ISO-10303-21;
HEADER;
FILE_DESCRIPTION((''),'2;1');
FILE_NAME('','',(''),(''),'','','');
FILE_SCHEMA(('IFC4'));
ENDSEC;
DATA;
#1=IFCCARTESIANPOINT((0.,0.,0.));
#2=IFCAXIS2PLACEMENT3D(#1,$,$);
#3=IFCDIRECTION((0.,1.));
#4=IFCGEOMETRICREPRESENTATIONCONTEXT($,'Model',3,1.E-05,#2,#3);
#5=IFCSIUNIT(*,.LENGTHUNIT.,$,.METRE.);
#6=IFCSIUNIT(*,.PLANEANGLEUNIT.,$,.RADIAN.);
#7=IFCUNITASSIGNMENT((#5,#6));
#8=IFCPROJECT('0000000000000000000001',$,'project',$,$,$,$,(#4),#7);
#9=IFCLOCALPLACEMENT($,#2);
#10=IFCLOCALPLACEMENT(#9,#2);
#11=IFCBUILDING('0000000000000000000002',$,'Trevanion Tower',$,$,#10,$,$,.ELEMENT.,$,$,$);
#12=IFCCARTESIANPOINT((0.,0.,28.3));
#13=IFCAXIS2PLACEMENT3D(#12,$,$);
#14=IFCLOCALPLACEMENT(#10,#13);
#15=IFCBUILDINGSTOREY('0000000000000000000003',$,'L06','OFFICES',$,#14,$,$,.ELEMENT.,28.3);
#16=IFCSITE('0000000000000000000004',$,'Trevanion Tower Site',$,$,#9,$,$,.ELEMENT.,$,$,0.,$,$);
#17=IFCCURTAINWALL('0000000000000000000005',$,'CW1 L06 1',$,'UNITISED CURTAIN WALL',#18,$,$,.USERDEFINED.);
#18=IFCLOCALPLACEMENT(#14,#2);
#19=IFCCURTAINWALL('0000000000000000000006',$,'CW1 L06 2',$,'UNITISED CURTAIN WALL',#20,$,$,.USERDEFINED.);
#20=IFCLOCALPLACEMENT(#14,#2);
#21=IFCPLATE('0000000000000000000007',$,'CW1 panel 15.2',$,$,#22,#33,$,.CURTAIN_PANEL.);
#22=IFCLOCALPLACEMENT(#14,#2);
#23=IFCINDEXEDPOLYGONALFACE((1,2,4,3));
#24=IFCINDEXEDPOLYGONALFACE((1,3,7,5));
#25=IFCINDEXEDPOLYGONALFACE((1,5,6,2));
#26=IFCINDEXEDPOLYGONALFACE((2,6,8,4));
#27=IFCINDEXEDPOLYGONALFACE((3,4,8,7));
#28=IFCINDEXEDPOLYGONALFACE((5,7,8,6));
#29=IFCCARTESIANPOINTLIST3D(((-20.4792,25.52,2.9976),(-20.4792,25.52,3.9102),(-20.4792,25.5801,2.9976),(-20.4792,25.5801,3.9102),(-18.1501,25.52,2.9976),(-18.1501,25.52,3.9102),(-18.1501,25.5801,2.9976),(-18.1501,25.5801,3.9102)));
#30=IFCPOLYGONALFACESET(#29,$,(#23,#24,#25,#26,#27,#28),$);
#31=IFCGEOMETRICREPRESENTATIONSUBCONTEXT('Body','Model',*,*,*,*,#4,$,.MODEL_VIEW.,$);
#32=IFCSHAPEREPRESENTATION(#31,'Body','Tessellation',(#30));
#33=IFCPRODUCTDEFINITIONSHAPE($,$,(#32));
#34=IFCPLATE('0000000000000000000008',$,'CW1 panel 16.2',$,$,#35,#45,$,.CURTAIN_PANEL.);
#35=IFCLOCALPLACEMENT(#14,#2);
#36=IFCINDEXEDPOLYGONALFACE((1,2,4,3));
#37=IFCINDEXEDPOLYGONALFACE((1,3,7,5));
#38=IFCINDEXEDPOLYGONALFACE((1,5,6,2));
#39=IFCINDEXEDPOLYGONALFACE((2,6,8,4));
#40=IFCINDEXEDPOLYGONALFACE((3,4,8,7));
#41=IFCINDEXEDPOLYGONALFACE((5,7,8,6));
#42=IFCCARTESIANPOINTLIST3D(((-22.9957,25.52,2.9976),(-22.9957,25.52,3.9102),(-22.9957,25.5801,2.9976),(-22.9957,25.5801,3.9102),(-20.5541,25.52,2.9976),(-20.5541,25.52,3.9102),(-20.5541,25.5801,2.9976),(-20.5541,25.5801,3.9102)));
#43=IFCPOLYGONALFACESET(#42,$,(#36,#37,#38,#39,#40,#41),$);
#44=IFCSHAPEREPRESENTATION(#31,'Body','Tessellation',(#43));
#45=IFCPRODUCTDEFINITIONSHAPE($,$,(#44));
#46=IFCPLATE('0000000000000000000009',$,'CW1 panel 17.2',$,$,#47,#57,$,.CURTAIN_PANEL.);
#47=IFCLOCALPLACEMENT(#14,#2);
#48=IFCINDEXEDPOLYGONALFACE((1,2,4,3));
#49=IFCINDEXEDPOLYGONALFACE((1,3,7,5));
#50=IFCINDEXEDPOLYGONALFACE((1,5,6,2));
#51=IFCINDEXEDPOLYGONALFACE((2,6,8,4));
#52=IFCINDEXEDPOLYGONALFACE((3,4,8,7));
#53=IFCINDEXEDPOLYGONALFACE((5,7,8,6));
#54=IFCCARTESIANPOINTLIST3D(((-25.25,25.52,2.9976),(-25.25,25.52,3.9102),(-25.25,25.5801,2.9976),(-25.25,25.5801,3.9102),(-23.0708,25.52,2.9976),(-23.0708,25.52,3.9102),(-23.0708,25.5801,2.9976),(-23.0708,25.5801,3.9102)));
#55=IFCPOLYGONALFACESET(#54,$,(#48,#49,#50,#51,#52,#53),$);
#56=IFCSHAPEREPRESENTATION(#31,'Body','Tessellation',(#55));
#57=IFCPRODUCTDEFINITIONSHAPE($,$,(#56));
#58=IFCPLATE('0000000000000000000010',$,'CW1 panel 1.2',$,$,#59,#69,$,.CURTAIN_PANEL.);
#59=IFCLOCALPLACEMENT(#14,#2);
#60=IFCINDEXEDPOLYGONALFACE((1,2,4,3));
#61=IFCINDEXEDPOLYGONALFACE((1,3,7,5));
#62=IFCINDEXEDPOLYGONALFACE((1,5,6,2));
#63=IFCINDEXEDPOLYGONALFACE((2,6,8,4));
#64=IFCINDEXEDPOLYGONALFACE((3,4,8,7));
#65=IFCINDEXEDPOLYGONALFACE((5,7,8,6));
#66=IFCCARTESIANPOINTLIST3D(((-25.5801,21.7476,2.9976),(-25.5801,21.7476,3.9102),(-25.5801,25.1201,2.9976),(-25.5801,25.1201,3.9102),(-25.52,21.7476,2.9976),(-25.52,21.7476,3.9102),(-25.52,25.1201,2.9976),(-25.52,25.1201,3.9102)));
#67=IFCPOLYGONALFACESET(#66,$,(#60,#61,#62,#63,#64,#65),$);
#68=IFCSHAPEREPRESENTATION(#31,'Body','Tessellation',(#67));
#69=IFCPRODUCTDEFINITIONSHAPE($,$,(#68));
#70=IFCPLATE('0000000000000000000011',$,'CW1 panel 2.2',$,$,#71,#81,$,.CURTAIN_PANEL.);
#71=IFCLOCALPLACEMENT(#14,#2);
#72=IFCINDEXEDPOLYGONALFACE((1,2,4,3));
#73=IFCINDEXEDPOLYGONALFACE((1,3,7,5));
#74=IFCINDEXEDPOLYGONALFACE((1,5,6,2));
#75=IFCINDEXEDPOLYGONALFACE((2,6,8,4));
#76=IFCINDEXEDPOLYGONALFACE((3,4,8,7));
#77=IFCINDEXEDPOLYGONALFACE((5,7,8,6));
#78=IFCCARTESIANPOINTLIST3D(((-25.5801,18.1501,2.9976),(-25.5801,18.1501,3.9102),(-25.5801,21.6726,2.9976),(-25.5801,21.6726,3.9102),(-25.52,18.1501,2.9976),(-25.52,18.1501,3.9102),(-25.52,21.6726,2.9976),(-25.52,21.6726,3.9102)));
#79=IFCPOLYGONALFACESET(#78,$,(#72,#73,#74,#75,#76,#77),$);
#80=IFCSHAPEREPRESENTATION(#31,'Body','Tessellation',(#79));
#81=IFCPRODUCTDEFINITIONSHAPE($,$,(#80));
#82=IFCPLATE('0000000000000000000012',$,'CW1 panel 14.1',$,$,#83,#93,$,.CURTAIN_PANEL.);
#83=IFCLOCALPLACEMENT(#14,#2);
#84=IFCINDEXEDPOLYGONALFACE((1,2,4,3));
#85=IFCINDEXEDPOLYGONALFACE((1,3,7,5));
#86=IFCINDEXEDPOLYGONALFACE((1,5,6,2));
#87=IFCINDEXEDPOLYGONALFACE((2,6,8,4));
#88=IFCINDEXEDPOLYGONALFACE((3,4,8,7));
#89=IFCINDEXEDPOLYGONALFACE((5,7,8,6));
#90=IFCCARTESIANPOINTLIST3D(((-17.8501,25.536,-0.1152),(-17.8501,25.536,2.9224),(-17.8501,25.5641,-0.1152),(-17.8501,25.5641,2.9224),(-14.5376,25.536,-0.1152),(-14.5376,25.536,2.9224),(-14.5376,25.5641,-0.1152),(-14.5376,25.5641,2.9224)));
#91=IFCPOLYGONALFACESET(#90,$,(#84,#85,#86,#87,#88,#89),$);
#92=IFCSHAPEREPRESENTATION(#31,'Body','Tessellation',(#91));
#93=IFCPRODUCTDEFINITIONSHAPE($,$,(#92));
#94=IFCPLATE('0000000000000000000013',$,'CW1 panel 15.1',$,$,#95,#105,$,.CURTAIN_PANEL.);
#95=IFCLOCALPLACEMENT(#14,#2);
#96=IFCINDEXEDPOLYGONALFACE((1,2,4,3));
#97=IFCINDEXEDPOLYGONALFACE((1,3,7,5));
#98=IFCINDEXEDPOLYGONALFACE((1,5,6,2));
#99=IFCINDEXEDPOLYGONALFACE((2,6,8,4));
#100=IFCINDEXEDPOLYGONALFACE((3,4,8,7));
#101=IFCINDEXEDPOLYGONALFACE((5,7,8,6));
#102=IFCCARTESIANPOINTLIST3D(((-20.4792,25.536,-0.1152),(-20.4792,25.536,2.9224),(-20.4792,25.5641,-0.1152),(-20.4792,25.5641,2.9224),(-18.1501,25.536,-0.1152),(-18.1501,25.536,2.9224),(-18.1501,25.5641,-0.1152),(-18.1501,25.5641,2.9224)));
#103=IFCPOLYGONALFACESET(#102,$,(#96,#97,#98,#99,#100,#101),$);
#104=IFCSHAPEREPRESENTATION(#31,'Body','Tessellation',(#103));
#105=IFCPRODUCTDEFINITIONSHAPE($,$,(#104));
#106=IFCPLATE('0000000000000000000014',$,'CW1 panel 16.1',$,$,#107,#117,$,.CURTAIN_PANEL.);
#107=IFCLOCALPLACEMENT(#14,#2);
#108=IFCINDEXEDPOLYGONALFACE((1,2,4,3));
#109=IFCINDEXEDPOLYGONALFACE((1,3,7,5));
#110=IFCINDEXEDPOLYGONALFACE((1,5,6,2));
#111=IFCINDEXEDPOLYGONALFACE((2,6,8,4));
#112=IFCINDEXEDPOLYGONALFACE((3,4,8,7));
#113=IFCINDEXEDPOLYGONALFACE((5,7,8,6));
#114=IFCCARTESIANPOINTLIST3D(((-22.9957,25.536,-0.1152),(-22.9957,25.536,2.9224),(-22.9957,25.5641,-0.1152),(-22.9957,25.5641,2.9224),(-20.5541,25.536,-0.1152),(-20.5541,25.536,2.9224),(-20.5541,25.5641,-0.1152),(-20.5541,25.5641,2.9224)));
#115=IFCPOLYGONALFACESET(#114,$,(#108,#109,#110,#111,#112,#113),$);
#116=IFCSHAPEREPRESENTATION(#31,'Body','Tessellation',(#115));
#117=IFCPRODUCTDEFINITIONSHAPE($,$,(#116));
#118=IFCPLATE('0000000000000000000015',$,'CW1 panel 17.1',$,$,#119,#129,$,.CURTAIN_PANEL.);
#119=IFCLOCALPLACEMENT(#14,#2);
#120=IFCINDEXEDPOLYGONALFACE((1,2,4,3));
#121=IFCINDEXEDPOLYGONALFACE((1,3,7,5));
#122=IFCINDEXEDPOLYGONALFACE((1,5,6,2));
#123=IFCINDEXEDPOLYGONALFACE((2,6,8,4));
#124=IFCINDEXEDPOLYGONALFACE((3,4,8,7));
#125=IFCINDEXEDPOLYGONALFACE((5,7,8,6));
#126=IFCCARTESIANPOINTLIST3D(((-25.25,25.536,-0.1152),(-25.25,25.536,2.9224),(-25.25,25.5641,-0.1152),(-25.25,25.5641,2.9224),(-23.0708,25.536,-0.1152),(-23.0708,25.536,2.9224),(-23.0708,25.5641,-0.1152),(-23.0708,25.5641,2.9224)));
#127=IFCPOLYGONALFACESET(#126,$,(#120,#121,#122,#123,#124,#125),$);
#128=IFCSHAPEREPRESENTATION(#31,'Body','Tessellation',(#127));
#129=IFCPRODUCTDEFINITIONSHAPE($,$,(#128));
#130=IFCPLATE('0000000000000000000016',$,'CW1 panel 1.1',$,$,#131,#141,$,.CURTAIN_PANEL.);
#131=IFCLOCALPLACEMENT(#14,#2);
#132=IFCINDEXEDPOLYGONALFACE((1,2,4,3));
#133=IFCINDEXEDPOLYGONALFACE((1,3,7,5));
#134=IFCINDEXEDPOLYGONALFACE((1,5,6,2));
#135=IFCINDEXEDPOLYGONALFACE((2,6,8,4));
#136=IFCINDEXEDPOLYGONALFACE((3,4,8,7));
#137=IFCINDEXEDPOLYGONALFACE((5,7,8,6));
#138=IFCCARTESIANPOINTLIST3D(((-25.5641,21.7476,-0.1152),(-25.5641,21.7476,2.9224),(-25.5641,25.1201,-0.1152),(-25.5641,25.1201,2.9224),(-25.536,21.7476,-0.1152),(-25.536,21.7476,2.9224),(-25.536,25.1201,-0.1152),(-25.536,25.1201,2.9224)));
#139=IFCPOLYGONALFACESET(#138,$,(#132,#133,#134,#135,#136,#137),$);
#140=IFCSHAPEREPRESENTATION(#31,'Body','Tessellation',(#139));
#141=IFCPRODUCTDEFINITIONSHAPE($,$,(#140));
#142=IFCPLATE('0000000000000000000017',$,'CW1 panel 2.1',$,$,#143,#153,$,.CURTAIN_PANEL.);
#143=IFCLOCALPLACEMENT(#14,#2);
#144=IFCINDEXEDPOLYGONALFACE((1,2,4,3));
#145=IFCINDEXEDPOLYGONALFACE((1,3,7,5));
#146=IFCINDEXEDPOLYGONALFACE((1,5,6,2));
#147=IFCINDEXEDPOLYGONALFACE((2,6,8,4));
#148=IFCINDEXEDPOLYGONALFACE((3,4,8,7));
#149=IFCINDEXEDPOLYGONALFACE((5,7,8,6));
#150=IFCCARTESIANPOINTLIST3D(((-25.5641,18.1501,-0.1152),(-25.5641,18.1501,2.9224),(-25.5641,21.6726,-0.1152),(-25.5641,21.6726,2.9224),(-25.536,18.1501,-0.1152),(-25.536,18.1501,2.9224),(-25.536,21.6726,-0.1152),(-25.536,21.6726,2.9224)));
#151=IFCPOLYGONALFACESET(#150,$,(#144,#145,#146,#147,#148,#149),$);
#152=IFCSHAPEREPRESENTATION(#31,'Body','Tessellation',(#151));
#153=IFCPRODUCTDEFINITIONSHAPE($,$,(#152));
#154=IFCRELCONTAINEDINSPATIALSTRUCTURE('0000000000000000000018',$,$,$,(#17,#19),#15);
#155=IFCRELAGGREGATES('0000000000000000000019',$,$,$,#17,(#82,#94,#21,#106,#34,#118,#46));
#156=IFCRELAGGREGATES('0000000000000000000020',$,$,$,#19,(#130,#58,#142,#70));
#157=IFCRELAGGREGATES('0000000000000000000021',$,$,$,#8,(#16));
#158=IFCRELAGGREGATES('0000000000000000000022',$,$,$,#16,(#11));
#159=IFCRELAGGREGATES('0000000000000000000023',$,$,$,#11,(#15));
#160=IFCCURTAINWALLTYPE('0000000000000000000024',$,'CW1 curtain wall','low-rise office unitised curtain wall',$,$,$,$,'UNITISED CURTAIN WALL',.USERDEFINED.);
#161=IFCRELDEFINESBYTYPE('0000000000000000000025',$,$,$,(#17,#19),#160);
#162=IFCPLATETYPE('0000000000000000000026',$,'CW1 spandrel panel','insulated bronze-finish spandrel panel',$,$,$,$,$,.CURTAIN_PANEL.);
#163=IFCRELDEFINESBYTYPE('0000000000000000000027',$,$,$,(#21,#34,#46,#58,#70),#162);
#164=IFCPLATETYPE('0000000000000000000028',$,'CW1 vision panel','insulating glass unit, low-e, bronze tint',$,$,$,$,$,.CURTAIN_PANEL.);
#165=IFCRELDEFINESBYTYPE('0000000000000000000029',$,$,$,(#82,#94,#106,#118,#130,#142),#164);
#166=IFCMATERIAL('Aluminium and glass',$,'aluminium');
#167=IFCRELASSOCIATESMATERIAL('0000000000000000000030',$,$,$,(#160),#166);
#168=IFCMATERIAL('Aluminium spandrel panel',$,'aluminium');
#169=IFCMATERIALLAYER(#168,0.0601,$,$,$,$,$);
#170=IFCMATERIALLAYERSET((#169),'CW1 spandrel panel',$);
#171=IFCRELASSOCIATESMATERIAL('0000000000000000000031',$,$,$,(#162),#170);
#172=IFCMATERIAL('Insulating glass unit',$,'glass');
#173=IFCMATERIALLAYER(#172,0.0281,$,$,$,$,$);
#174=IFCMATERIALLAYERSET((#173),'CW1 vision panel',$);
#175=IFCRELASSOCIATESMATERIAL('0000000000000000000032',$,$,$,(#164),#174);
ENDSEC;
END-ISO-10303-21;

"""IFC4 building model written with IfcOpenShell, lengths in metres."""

from ifc_helpers import new_model, si_unit, direction, frame, origin, origin_2d, place, context, subcontext, project, spatial, rectangle, extrude, material, layer, layer_set, type_object, element, aggregate, save


model = new_model("IFC4")

# Units and contexts
model_context = context("Model", 3, precision=1e-05, world=origin(), true_north=direction((0.0, 1.0)))
body_context = subcontext(model_context, "Body", "Model", "MODEL_VIEW")
ifc_project = project(units=[si_unit("LENGTHUNIT", "METRE"), si_unit("PLANEANGLEUNIT", "RADIAN")], contexts=[model_context])

# Site, building, storey
site_placement = place(None, origin())
site = spatial("IfcSite", under=ifc_project, at=site_placement, Name="Trevanion Tower Site", CompositionType="ELEMENT", RefElevation=0.0)
building_placement = place(site_placement, origin())
building = spatial("IfcBuilding", under=site, at=building_placement, Name="Trevanion Tower", CompositionType="ELEMENT")
storey_placement = place(building_placement, frame((0.0, 0.0, 28.3)))
storey = spatial("IfcBuildingStorey", under=building, at=storey_placement, Name="L06", Description="OFFICES", CompositionType="ELEMENT", Elevation=28.3)

# Curtain wall
ifc_material_1 = material(Name="Aluminium and glass", Category="aluminium")
curtain_wall_type = type_object("IfcCurtainWallType", Name="CW1 curtain wall", Description="low-rise office unitised curtain wall", ElementType="UNITISED CURTAIN WALL", PredefinedType="USERDEFINED", material=ifc_material_1)
curtain_wall_1_placement = place(storey_placement, origin())
curtain_wall_1 = element("IfcCurtainWall", 1, at=curtain_wall_1_placement, inside=storey, type_object=curtain_wall_type, Name="CW1 L06 1", ObjectType="UNITISED CURTAIN WALL", PredefinedType="USERDEFINED")

# Curtain wall
curtain_wall_2_placement = place(storey_placement, origin())
curtain_wall_2 = element("IfcCurtainWall", 2, at=curtain_wall_2_placement, inside=storey, type_object=curtain_wall_type, Name="CW1 L06 2", ObjectType="UNITISED CURTAIN WALL", PredefinedType="USERDEFINED")

# Plates
ifc_material_2 = material(Name="Aluminium spandrel panel", Category="aluminium")
ifc_layer_1 = layer(ifc_material_2, 0.0601)
ifc_layer_set_1 = layer_set([ifc_layer_1], Name="CW1 spandrel panel")
plate_type_1 = type_object("IfcPlateType", Name="CW1 spandrel panel", Description="insulated bronze-finish spandrel panel", PredefinedType="CURTAIN_PANEL", material=ifc_layer_set_1)
plate_1_placement = place(storey_placement, frame((-19.3147, 25.55, 2.9976), z_axis=(0.0, 0.0, 1.0), x_axis=(-1.0, 0.0, 0.0)))
plate_1 = element("IfcPlate", 3, at=plate_1_placement, type_object=plate_type_1, Name="CW1 panel 15.2", PredefinedType="CURTAIN_PANEL", context=body_context, shape_type="SweptSolid", body=[
    extrude(rectangle(XDim=2.3291, YDim=0.0601, at=origin_2d()), origin(), (0.0, 0.0, 1.0), 0.9126),
])
plate_2_placement = place(storey_placement, frame((-21.7749, 25.55, 2.9976), z_axis=(0.0, 0.0, 1.0), x_axis=(-1.0, 0.0, 0.0)))
plate_2 = element("IfcPlate", 4, at=plate_2_placement, type_object=plate_type_1, Name="CW1 panel 16.2", PredefinedType="CURTAIN_PANEL", context=body_context, shape_type="SweptSolid", body=[
    extrude(rectangle(XDim=2.4417, YDim=0.0601, at=origin_2d()), origin(), (0.0, 0.0, 1.0), 0.9126),
])
plate_3_placement = place(storey_placement, frame((-24.1604, 25.55, 2.9976), z_axis=(0.0, 0.0, 1.0), x_axis=(-1.0, 0.0, 0.0)))
plate_3 = element("IfcPlate", 5, at=plate_3_placement, type_object=plate_type_1, Name="CW1 panel 17.2", PredefinedType="CURTAIN_PANEL", context=body_context, shape_type="SweptSolid", body=[
    extrude(rectangle(XDim=2.1792, YDim=0.0601, at=origin_2d()), origin(), (0.0, 0.0, 1.0), 0.9126),
])
plate_4_placement = place(storey_placement, frame((-25.55, 23.4338, 2.9976), z_axis=(0.0, 0.0, 1.0), x_axis=(0.0, -1.0, 0.0)))
plate_4 = element("IfcPlate", 6, at=plate_4_placement, type_object=plate_type_1, Name="CW1 panel 1.2", PredefinedType="CURTAIN_PANEL", context=body_context, shape_type="SweptSolid", body=[
    extrude(rectangle(XDim=3.3726, YDim=0.0601, at=origin_2d()), origin(), (0.0, 0.0, 1.0), 0.9126),
])
plate_5_placement = place(storey_placement, frame((-25.55, 19.9114, 2.9976), z_axis=(0.0, 0.0, 1.0), x_axis=(0.0, -1.0, 0.0)))
plate_5 = element("IfcPlate", 7, at=plate_5_placement, type_object=plate_type_1, Name="CW1 panel 2.2", PredefinedType="CURTAIN_PANEL", context=body_context, shape_type="SweptSolid", body=[
    extrude(rectangle(XDim=3.5225, YDim=0.0601, at=origin_2d()), origin(), (0.0, 0.0, 1.0), 0.9126),
])
ifc_material_3 = material(Name="Insulating glass unit", Category="glass")
ifc_layer_2 = layer(ifc_material_3, 0.0281)
ifc_layer_set_2 = layer_set([ifc_layer_2], Name="CW1 vision panel")
plate_type_2 = type_object("IfcPlateType", Name="CW1 vision panel", Description="insulating glass unit, low-e, bronze tint", PredefinedType="CURTAIN_PANEL", material=ifc_layer_set_2)
plate_6_placement = place(storey_placement, frame((-16.1938, 25.55, -0.1152), z_axis=(0.0, 0.0, 1.0), x_axis=(-1.0, 0.0, 0.0)))
plate_6 = element("IfcPlate", 8, at=plate_6_placement, type_object=plate_type_2, Name="CW1 panel 14.1", PredefinedType="CURTAIN_PANEL", context=body_context, shape_type="SweptSolid", body=[
    extrude(rectangle(XDim=3.3125, YDim=0.0281, at=origin_2d()), origin(), (0.0, 0.0, 1.0), 3.0376),
])
plate_7_placement = place(storey_placement, frame((-19.3147, 25.55, -0.1152), z_axis=(0.0, 0.0, 1.0), x_axis=(-1.0, 0.0, 0.0)))
plate_7 = element("IfcPlate", 9, at=plate_7_placement, type_object=plate_type_2, Name="CW1 panel 15.1", PredefinedType="CURTAIN_PANEL", context=body_context, shape_type="SweptSolid", body=[
    extrude(rectangle(XDim=2.3291, YDim=0.0281, at=origin_2d()), origin(), (0.0, 0.0, 1.0), 3.0376),
])
plate_8_placement = place(storey_placement, frame((-21.7749, 25.55, -0.1152), z_axis=(0.0, 0.0, 1.0), x_axis=(-1.0, 0.0, 0.0)))
plate_8 = element("IfcPlate", 10, at=plate_8_placement, type_object=plate_type_2, Name="CW1 panel 16.1", PredefinedType="CURTAIN_PANEL", context=body_context, shape_type="SweptSolid", body=[
    extrude(rectangle(XDim=2.4417, YDim=0.0281, at=origin_2d()), origin(), (0.0, 0.0, 1.0), 3.0376),
])
plate_9_placement = place(storey_placement, frame((-24.1604, 25.55, -0.1152), z_axis=(0.0, 0.0, 1.0), x_axis=(-1.0, 0.0, 0.0)))
plate_9 = element("IfcPlate", 11, at=plate_9_placement, type_object=plate_type_2, Name="CW1 panel 17.1", PredefinedType="CURTAIN_PANEL", context=body_context, shape_type="SweptSolid", body=[
    extrude(rectangle(XDim=2.1792, YDim=0.0281, at=origin_2d()), origin(), (0.0, 0.0, 1.0), 3.0376),
])
aggregate(curtain_wall_1, [plate_6, plate_7, plate_1, plate_8, plate_2, plate_9, plate_3])
plate_10_placement = place(storey_placement, frame((-25.55, 23.4338, -0.1152), z_axis=(0.0, 0.0, 1.0), x_axis=(0.0, -1.0, 0.0)))
plate_10 = element("IfcPlate", 12, at=plate_10_placement, type_object=plate_type_2, Name="CW1 panel 1.1", PredefinedType="CURTAIN_PANEL", context=body_context, shape_type="SweptSolid", body=[
    extrude(rectangle(XDim=3.3726, YDim=0.0281, at=origin_2d()), origin(), (0.0, 0.0, 1.0), 3.0376),
])
plate_11_placement = place(storey_placement, frame((-25.55, 19.9114, -0.1152), z_axis=(0.0, 0.0, 1.0), x_axis=(0.0, -1.0, 0.0)))
plate_11 = element("IfcPlate", 13, at=plate_11_placement, type_object=plate_type_2, Name="CW1 panel 2.1", PredefinedType="CURTAIN_PANEL", context=body_context, shape_type="SweptSolid", body=[
    extrude(rectangle(XDim=3.5225, YDim=0.0281, at=origin_2d()), origin(), (0.0, 0.0, 1.0), 3.0376),
])
aggregate(curtain_wall_2, [plate_10, plate_4, plate_11, plate_5])

save(model, "model.ifc")
